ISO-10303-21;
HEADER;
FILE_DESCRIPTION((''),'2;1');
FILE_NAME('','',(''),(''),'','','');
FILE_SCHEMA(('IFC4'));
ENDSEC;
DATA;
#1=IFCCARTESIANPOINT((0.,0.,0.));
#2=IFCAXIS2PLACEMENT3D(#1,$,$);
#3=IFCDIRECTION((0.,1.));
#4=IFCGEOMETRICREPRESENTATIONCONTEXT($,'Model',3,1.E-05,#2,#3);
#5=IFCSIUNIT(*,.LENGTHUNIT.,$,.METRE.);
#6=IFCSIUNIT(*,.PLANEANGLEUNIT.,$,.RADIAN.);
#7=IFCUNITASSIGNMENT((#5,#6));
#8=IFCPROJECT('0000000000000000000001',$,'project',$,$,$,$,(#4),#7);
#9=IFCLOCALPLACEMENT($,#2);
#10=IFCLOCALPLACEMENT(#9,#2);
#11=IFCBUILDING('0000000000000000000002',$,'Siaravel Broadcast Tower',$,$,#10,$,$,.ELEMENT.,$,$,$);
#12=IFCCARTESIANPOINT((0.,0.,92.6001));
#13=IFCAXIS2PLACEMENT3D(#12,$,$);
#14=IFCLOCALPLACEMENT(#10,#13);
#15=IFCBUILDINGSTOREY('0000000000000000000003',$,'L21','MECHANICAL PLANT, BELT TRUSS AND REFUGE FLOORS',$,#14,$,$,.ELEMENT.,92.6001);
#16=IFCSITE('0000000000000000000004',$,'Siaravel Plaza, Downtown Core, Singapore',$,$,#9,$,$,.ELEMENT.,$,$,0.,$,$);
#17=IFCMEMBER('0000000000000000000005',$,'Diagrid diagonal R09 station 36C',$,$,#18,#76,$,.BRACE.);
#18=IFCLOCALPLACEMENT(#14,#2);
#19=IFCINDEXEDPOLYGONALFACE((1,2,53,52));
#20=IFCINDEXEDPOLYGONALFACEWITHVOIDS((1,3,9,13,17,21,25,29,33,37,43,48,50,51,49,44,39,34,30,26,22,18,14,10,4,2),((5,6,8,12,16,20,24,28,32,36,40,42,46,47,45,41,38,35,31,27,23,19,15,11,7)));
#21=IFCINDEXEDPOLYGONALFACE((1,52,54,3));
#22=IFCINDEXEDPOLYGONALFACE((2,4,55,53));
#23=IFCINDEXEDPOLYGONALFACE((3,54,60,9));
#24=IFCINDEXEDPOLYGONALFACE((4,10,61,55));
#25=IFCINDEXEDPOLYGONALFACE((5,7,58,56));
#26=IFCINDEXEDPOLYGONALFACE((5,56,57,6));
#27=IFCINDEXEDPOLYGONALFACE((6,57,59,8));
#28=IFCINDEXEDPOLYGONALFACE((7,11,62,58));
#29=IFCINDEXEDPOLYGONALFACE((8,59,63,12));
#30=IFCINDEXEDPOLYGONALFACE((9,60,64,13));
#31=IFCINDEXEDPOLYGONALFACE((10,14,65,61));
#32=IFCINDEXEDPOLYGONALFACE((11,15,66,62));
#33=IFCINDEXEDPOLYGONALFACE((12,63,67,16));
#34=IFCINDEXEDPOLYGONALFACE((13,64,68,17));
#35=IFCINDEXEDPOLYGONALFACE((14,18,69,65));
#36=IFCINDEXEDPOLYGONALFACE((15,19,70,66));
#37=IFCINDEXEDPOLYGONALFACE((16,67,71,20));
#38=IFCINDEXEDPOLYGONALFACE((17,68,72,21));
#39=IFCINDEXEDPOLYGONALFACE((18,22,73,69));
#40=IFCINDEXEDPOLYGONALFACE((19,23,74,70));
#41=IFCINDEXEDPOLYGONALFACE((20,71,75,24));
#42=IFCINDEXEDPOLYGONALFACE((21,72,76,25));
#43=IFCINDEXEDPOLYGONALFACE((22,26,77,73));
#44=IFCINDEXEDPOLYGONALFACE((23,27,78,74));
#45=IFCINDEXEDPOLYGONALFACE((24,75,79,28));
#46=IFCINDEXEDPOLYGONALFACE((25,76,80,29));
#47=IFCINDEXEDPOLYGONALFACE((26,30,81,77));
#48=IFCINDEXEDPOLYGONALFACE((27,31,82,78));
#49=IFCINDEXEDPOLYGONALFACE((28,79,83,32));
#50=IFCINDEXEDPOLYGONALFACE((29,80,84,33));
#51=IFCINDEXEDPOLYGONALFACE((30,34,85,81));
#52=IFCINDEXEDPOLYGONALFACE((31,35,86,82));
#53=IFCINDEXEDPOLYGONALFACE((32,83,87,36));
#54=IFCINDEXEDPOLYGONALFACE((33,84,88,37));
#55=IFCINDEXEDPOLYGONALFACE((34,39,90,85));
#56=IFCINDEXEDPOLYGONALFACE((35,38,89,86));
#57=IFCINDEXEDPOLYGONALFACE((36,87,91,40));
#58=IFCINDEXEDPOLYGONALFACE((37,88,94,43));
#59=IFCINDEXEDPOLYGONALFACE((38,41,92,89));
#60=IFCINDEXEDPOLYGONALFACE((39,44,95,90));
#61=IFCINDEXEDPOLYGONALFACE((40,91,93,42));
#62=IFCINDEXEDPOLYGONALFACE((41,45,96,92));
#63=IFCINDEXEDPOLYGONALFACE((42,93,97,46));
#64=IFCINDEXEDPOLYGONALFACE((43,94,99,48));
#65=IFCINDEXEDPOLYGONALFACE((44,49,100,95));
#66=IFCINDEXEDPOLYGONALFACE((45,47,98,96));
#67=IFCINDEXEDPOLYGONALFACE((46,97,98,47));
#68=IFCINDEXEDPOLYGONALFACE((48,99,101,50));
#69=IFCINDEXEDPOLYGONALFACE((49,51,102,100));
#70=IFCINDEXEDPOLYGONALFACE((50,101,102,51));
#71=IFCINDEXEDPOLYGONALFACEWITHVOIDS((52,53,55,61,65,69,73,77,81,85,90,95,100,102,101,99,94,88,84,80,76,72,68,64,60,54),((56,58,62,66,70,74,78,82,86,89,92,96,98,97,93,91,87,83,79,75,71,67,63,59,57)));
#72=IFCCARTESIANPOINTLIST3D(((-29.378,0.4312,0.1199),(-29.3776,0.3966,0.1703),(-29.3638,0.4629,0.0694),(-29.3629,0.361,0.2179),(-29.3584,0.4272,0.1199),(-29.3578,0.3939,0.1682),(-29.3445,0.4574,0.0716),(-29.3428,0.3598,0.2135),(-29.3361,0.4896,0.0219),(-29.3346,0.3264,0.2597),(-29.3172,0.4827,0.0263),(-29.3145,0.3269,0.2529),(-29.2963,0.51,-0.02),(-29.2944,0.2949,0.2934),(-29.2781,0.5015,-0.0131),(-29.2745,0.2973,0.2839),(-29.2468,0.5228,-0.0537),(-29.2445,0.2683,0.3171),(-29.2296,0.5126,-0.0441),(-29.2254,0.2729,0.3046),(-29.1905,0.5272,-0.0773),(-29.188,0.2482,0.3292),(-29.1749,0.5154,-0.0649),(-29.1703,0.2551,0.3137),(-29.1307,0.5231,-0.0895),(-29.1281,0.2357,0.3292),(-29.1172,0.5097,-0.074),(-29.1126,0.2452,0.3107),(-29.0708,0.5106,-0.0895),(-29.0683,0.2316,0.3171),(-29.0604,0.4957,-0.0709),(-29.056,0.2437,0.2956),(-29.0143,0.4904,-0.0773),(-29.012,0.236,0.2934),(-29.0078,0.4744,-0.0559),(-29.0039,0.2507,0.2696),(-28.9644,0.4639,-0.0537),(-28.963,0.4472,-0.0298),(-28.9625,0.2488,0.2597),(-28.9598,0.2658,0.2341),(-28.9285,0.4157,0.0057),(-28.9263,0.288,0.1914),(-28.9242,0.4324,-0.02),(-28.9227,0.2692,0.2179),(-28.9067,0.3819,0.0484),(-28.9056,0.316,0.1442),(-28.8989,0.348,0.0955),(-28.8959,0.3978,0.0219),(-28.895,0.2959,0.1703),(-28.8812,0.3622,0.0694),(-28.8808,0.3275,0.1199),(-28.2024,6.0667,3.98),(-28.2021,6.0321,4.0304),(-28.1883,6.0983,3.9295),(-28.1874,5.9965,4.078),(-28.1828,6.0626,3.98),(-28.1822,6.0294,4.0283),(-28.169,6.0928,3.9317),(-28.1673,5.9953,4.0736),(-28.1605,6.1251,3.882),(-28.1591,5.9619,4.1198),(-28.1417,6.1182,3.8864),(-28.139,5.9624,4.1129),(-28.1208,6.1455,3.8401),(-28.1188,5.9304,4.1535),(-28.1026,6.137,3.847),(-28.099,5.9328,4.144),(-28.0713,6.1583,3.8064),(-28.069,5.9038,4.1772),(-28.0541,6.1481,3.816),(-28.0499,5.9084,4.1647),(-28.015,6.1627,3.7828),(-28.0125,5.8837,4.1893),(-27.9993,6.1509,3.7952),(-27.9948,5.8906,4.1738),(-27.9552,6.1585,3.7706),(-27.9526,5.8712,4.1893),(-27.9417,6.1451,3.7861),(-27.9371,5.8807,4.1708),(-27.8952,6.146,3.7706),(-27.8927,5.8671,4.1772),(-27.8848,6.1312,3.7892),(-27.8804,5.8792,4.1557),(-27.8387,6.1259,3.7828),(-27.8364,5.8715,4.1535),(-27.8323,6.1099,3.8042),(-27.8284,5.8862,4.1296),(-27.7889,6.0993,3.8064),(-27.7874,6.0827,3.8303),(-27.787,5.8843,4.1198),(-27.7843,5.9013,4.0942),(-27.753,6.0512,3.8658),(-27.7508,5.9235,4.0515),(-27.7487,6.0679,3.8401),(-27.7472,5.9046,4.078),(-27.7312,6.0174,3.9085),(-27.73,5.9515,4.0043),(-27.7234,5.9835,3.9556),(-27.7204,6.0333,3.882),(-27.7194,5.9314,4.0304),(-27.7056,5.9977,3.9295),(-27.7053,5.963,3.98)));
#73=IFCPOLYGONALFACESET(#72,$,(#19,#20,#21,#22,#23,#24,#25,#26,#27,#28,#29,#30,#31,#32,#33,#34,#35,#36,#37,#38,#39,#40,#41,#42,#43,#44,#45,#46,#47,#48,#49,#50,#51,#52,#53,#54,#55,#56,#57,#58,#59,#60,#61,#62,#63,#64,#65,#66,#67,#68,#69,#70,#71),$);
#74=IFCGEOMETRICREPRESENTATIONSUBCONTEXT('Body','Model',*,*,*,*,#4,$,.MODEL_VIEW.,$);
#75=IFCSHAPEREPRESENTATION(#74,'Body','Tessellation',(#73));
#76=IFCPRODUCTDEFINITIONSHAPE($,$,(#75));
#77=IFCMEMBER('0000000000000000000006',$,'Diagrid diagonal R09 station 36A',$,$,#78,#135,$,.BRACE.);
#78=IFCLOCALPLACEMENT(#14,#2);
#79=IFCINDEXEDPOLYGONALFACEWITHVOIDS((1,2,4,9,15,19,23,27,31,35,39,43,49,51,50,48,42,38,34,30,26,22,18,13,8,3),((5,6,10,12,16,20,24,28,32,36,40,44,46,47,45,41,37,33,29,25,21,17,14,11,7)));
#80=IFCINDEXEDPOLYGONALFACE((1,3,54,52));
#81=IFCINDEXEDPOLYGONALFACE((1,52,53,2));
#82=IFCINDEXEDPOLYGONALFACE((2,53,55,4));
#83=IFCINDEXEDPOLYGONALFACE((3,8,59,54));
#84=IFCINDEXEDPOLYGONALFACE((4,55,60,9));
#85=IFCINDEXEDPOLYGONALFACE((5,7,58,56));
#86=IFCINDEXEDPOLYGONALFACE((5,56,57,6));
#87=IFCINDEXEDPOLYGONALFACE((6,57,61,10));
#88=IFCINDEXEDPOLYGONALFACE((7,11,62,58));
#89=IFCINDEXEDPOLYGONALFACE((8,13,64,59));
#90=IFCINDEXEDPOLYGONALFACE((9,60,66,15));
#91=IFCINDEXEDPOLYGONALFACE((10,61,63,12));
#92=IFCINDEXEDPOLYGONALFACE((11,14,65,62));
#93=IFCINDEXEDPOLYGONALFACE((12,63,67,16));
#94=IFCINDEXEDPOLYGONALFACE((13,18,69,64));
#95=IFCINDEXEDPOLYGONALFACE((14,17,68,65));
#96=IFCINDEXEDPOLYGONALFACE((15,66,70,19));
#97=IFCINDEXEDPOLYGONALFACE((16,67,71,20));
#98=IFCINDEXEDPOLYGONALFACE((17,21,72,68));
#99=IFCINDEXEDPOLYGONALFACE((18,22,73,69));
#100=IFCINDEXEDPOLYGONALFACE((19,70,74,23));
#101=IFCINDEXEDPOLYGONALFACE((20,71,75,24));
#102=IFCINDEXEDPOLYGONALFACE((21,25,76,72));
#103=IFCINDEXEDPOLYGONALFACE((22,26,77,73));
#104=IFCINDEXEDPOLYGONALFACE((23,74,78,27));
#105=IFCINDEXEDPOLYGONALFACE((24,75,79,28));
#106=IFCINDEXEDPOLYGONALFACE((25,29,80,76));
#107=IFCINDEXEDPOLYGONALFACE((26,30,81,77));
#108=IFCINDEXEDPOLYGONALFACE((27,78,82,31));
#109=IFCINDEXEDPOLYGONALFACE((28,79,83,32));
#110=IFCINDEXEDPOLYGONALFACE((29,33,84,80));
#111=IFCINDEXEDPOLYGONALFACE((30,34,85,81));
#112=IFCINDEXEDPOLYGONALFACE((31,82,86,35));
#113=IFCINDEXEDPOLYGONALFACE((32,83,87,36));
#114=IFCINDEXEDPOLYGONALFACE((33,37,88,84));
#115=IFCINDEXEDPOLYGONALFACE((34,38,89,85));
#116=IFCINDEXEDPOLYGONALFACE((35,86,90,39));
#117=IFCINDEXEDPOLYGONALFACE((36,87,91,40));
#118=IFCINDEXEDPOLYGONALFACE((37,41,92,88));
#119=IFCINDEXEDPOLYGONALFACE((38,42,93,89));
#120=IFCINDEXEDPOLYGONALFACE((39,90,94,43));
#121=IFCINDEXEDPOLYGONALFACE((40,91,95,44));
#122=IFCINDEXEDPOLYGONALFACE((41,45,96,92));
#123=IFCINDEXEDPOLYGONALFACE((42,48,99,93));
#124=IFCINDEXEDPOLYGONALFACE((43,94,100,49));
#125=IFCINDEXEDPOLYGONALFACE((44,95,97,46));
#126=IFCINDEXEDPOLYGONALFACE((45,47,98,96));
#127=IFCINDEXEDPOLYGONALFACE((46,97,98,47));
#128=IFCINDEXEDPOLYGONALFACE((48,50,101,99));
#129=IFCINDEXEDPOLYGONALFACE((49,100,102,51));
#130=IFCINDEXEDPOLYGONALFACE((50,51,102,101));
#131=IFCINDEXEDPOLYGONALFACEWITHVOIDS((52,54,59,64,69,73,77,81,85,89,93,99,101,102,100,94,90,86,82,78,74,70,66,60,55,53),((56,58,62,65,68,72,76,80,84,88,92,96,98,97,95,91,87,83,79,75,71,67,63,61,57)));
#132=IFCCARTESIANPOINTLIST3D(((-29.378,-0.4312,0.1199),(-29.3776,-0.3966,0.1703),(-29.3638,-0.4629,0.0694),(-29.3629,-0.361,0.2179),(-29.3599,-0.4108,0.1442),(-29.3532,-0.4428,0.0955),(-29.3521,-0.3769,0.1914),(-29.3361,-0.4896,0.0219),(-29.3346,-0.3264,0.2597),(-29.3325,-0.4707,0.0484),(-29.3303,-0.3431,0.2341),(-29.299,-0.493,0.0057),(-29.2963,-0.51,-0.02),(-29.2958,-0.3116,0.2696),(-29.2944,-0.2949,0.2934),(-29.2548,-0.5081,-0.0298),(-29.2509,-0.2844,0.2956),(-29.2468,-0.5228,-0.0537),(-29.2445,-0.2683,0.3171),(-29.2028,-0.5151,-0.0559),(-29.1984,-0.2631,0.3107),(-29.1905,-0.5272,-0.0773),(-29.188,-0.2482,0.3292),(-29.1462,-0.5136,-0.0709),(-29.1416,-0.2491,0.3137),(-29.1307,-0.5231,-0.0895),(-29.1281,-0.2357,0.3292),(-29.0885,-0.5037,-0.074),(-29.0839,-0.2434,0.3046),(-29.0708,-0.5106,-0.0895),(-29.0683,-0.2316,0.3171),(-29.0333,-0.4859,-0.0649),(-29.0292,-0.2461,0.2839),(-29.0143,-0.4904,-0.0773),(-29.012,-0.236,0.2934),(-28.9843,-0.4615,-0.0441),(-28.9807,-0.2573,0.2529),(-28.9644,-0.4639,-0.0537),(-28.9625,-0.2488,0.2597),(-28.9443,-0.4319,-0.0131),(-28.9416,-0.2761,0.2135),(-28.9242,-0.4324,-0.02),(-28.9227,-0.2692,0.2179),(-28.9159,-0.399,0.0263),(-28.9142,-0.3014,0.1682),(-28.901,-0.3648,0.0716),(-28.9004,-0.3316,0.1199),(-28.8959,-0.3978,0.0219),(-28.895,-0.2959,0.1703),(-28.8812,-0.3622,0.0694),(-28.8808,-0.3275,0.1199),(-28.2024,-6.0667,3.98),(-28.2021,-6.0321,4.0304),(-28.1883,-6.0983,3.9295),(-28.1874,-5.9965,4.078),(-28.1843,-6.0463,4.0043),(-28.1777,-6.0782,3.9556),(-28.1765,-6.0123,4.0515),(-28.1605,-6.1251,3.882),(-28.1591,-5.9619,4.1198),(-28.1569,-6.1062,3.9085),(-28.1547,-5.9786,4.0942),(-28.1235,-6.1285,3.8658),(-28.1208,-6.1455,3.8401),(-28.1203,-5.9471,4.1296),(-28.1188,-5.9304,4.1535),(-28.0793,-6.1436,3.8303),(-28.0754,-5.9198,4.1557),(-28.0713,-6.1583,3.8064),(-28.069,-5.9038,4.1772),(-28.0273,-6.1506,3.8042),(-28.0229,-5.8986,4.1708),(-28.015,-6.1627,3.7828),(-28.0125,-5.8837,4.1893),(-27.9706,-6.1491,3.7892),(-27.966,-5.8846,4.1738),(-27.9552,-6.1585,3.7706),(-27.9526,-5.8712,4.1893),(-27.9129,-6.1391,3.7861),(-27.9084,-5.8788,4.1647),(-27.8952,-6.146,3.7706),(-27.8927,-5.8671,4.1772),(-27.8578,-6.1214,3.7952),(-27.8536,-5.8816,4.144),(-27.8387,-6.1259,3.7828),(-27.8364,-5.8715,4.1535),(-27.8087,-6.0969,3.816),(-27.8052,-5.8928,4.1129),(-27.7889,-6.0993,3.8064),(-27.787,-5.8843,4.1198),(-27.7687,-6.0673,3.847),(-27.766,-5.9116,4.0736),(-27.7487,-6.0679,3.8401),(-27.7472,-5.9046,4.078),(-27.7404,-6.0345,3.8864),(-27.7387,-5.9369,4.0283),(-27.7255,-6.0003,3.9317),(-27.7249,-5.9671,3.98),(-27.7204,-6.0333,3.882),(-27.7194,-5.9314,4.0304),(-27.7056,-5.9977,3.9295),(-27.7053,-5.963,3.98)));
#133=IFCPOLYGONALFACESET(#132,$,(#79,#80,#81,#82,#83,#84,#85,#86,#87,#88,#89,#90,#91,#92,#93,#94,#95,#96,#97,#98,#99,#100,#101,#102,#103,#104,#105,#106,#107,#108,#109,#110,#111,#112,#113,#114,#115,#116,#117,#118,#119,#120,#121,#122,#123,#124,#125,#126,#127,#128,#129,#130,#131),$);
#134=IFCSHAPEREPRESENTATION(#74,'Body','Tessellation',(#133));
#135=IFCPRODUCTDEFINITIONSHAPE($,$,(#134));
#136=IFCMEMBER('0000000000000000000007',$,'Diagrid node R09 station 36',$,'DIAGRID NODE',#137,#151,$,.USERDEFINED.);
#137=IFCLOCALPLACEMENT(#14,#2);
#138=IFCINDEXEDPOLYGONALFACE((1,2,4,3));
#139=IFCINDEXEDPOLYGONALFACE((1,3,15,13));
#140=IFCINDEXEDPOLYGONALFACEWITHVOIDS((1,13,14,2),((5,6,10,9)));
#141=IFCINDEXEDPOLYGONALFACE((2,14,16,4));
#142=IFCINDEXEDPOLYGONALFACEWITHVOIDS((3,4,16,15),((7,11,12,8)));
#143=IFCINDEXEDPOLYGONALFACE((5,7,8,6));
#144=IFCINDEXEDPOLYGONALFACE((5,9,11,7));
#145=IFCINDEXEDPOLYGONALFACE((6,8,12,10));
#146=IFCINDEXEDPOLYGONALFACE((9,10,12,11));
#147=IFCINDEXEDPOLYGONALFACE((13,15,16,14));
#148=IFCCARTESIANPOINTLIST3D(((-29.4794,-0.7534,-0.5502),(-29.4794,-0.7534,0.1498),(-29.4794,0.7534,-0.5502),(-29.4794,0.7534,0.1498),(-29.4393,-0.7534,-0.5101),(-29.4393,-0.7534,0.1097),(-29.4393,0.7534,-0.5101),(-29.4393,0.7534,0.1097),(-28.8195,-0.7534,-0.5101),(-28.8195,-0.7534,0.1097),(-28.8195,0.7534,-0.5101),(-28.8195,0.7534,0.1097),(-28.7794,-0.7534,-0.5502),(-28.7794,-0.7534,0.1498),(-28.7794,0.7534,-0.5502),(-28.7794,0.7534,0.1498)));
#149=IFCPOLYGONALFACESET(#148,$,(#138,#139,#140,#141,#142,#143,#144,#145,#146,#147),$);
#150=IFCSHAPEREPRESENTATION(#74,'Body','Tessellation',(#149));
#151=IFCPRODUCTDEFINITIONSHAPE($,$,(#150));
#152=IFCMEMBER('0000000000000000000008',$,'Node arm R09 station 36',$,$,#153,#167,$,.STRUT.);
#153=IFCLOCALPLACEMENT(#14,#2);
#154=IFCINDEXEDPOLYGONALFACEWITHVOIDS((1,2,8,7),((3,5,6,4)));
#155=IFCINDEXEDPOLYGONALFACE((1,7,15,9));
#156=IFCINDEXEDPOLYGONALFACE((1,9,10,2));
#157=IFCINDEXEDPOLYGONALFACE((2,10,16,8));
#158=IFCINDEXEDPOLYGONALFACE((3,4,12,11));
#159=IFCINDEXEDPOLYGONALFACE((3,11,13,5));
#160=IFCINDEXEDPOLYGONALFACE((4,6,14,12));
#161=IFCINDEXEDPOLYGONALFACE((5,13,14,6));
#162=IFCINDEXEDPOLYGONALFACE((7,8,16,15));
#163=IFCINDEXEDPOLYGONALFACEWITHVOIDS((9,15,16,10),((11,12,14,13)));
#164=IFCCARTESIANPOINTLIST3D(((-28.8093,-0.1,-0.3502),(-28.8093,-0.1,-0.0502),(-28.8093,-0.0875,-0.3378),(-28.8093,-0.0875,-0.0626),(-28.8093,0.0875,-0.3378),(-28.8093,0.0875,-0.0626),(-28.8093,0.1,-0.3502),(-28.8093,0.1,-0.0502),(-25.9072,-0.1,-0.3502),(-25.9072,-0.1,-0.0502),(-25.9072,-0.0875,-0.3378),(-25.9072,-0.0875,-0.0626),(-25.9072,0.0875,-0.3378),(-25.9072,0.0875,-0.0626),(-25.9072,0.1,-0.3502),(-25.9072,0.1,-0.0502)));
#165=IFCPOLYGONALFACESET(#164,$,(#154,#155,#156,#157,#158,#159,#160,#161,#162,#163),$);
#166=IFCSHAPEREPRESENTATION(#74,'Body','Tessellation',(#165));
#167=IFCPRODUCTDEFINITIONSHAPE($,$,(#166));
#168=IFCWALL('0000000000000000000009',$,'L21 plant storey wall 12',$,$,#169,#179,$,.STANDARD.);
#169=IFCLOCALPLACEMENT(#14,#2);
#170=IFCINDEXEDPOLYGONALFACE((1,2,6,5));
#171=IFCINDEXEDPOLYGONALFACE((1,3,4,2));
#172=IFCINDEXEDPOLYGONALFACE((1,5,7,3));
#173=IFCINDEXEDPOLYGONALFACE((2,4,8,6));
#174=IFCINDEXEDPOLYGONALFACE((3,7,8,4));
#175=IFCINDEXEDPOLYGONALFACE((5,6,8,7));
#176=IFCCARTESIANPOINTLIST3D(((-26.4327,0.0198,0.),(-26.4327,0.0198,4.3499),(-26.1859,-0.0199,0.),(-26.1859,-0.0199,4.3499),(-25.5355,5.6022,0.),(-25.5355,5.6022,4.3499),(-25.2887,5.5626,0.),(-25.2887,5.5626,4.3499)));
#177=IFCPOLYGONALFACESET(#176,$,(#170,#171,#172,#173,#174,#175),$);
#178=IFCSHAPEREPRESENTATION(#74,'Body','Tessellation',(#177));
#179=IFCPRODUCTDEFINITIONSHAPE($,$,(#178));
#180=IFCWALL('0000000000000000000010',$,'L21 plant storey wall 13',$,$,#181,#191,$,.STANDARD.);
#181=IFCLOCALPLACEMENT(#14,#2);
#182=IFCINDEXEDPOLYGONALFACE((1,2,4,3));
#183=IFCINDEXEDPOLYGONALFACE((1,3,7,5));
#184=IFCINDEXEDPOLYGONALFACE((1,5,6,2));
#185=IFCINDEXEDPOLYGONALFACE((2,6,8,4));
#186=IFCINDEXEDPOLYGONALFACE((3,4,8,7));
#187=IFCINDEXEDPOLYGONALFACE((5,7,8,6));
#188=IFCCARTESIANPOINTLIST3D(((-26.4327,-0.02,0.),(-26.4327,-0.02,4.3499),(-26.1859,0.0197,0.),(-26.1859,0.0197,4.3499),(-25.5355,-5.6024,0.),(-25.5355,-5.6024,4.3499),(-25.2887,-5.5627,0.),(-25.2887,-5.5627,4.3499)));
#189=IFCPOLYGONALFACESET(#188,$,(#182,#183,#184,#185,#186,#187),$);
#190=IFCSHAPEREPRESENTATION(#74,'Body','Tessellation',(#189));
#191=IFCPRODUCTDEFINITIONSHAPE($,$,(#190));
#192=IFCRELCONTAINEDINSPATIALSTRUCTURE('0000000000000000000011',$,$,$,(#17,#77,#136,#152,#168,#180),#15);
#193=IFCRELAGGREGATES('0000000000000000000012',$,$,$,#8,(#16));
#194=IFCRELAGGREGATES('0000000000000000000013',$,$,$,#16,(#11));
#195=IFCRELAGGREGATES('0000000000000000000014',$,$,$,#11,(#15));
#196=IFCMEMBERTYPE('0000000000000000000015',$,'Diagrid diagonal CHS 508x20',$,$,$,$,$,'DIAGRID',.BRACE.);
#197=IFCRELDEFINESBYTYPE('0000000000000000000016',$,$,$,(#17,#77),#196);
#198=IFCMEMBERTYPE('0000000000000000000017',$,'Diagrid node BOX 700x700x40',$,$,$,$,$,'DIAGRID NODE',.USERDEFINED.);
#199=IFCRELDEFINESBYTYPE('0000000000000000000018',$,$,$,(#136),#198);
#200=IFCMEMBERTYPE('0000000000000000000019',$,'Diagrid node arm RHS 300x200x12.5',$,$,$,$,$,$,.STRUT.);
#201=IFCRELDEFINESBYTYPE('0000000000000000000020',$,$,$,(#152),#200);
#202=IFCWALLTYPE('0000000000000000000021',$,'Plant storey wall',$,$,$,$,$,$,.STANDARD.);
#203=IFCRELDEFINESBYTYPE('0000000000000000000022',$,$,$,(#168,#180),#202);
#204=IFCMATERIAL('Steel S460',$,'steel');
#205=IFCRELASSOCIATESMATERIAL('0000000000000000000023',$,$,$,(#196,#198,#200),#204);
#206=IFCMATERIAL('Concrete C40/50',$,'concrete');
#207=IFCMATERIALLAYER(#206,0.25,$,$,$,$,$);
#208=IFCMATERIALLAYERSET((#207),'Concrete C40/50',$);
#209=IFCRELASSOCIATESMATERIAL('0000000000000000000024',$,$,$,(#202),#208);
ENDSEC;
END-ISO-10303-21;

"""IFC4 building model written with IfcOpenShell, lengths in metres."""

from ifc_helpers import new_model, si_unit, direction, frame, frame_2d, origin, origin_2d, place, context, subcontext, project, spatial, rectangle, hollow_rectangle, hollow_circle, extrude, material, layer, layer_set, material_profile, profile_set, type_object, element, save


model = new_model("IFC4")

# Units and contexts
model_context = context("Model", 3, precision=1e-05, world=origin(), true_north=direction((0.0, 1.0)))
body_context = subcontext(model_context, "Body", "Model", "MODEL_VIEW")
ifc_project = project(units=[si_unit("LENGTHUNIT", "METRE"), si_unit("PLANEANGLEUNIT", "RADIAN")], contexts=[model_context])

# Site, building, storey
site_placement = place(None, origin())
site = spatial("IfcSite", under=ifc_project, at=site_placement, Name="Siaravel Plaza, Downtown Core, Singapore", CompositionType="ELEMENT", RefElevation=0.0)
building_placement = place(site_placement, origin())
building = spatial("IfcBuilding", under=site, at=building_placement, Name="Siaravel Broadcast Tower", CompositionType="ELEMENT")
storey_placement = place(building_placement, frame((0.0, 0.0, 92.6001)))
storey = spatial("IfcBuildingStorey", under=building, at=storey_placement, Name="L21", Description="MECHANICAL PLANT, BELT TRUSS AND REFUGE FLOORS", CompositionType="ELEMENT", Elevation=92.6001)

# Shared definitions
ifc_material_1 = material(Name="Steel S460", Category="steel")

# Members
ifc_material_profile_1 = material_profile(ifc_material_1, hollow_circle(Radius=0.2539, WallThickness=0.02, at=origin_2d()))
ifc_profile_set_1 = profile_set([ifc_material_profile_1], Name="Steel S460")
member_type_1 = type_object("IfcMemberType", Name="Diagrid diagonal CHS 508x20", ElementType="DIAGRID", PredefinedType="BRACE", material=ifc_profile_set_1)
for number, where, z_axis, x_axis, name in (
    (1, (-29.1294, 0.3794, 0.1199), (0.169601, 0.813066, 0.55692), (-0.978929, 0.2042, 0.0), "Diagrid diagonal R09 station 36C"),
    (2, (-29.1294, -0.3794, 0.1199), (0.169601, -0.813066, 0.55692), (0.978929, 0.2042, 0.0), "Diagrid diagonal R09 station 36A"),
):
    element("IfcMember", number, at=place(storey_placement, frame(where, z_axis=z_axis, x_axis=x_axis)), inside=storey, type_object=member_type_1, Name=name, PredefinedType="BRACE", context=body_context, shape_type="SweptSolid", body=[
        extrude(hollow_circle(Radius=0.2539, WallThickness=0.02, at=origin_2d()), origin(), (0.0, 0.0, 1.0), 6.9312),
    ])
ifc_material_profile_2 = material_profile(ifc_material_1, hollow_rectangle(XDim=0.7, YDim=0.7, WallThickness=0.04, at=origin_2d()))
ifc_profile_set_2 = profile_set([ifc_material_profile_2], Name="Steel S460")
member_type_2 = type_object("IfcMemberType", Name="Diagrid node BOX 700x700x40", ElementType="DIAGRID NODE", PredefinedType="USERDEFINED", material=ifc_profile_set_2)
member_1_placement = place(storey_placement, frame((-29.1294, 0.7534, -0.2002), z_axis=(0.0, -1.0, 0.0), x_axis=(1.0, 0.0, 0.0)))
element("IfcMember", 3, at=member_1_placement, inside=storey, type_object=member_type_2, Name="Diagrid node R09 station 36", ObjectType="DIAGRID NODE", PredefinedType="USERDEFINED", context=body_context, shape_type="SweptSolid", body=[
    extrude(hollow_rectangle(XDim=0.7, YDim=0.7, WallThickness=0.04, at=origin_2d()), origin(), (0.0, 0.0, 1.0), 1.5068),
])
ifc_material_profile_3 = material_profile(ifc_material_1, hollow_rectangle(XDim=0.2, YDim=0.3, WallThickness=0.0125, at=origin_2d()))
ifc_profile_set_3 = profile_set([ifc_material_profile_3], Name="Steel S460")
member_type_3 = type_object("IfcMemberType", Name="Diagrid node arm RHS 300x200x12.5", PredefinedType="STRUT", material=ifc_profile_set_3)
member_2_placement = place(storey_placement, frame((-25.9072, 0.0, -0.2002), z_axis=(-1.0, 0.0, 0.0), x_axis=(0.0, -1.0, 0.0)))
element("IfcMember", 4, at=member_2_placement, inside=storey, type_object=member_type_3, Name="Node arm R09 station 36", PredefinedType="STRUT", context=body_context, shape_type="SweptSolid", body=[
    extrude(hollow_rectangle(XDim=0.2, YDim=0.3, WallThickness=0.0125, at=origin_2d()), origin(), (0.0, 0.0, 1.0), 2.9021),
])

# Walls
ifc_material_2 = material(Name="Concrete C40/50", Category="concrete")
ifc_layer_1 = layer(ifc_material_2, 0.25)
ifc_layer_set_1 = layer_set([ifc_layer_1], Name="Concrete C40/50")
wall_type = type_object("IfcWallType", Name="Plant storey wall", PredefinedType="STANDARD", material=ifc_layer_set_1)
for number, where, z_axis, x_axis, name in (
    (5, (-25.4121, 5.5825, 0.0), (0.0, 0.0, 1.0), (-0.158683, -0.98733, 0.0), "L21 plant storey wall 12"),
    (6, (-26.3093, 0.0, 0.0), (0.0, 0.0, 1.0), (0.158683, -0.98733, 0.0), "L21 plant storey wall 13"),
):
    element("IfcWall", number, at=place(storey_placement, frame(where, z_axis=z_axis, x_axis=x_axis)), inside=storey, type_object=wall_type, Name=name, PredefinedType="STANDARD", context=body_context, shape_type="SweptSolid", body=[
        extrude(rectangle(XDim=5.6541, YDim=0.25, at=frame_2d((2.8271, 0.0))), origin(), (0.0, 0.0, 1.0), 4.3499),
    ])

save(model, "model.ifc")
